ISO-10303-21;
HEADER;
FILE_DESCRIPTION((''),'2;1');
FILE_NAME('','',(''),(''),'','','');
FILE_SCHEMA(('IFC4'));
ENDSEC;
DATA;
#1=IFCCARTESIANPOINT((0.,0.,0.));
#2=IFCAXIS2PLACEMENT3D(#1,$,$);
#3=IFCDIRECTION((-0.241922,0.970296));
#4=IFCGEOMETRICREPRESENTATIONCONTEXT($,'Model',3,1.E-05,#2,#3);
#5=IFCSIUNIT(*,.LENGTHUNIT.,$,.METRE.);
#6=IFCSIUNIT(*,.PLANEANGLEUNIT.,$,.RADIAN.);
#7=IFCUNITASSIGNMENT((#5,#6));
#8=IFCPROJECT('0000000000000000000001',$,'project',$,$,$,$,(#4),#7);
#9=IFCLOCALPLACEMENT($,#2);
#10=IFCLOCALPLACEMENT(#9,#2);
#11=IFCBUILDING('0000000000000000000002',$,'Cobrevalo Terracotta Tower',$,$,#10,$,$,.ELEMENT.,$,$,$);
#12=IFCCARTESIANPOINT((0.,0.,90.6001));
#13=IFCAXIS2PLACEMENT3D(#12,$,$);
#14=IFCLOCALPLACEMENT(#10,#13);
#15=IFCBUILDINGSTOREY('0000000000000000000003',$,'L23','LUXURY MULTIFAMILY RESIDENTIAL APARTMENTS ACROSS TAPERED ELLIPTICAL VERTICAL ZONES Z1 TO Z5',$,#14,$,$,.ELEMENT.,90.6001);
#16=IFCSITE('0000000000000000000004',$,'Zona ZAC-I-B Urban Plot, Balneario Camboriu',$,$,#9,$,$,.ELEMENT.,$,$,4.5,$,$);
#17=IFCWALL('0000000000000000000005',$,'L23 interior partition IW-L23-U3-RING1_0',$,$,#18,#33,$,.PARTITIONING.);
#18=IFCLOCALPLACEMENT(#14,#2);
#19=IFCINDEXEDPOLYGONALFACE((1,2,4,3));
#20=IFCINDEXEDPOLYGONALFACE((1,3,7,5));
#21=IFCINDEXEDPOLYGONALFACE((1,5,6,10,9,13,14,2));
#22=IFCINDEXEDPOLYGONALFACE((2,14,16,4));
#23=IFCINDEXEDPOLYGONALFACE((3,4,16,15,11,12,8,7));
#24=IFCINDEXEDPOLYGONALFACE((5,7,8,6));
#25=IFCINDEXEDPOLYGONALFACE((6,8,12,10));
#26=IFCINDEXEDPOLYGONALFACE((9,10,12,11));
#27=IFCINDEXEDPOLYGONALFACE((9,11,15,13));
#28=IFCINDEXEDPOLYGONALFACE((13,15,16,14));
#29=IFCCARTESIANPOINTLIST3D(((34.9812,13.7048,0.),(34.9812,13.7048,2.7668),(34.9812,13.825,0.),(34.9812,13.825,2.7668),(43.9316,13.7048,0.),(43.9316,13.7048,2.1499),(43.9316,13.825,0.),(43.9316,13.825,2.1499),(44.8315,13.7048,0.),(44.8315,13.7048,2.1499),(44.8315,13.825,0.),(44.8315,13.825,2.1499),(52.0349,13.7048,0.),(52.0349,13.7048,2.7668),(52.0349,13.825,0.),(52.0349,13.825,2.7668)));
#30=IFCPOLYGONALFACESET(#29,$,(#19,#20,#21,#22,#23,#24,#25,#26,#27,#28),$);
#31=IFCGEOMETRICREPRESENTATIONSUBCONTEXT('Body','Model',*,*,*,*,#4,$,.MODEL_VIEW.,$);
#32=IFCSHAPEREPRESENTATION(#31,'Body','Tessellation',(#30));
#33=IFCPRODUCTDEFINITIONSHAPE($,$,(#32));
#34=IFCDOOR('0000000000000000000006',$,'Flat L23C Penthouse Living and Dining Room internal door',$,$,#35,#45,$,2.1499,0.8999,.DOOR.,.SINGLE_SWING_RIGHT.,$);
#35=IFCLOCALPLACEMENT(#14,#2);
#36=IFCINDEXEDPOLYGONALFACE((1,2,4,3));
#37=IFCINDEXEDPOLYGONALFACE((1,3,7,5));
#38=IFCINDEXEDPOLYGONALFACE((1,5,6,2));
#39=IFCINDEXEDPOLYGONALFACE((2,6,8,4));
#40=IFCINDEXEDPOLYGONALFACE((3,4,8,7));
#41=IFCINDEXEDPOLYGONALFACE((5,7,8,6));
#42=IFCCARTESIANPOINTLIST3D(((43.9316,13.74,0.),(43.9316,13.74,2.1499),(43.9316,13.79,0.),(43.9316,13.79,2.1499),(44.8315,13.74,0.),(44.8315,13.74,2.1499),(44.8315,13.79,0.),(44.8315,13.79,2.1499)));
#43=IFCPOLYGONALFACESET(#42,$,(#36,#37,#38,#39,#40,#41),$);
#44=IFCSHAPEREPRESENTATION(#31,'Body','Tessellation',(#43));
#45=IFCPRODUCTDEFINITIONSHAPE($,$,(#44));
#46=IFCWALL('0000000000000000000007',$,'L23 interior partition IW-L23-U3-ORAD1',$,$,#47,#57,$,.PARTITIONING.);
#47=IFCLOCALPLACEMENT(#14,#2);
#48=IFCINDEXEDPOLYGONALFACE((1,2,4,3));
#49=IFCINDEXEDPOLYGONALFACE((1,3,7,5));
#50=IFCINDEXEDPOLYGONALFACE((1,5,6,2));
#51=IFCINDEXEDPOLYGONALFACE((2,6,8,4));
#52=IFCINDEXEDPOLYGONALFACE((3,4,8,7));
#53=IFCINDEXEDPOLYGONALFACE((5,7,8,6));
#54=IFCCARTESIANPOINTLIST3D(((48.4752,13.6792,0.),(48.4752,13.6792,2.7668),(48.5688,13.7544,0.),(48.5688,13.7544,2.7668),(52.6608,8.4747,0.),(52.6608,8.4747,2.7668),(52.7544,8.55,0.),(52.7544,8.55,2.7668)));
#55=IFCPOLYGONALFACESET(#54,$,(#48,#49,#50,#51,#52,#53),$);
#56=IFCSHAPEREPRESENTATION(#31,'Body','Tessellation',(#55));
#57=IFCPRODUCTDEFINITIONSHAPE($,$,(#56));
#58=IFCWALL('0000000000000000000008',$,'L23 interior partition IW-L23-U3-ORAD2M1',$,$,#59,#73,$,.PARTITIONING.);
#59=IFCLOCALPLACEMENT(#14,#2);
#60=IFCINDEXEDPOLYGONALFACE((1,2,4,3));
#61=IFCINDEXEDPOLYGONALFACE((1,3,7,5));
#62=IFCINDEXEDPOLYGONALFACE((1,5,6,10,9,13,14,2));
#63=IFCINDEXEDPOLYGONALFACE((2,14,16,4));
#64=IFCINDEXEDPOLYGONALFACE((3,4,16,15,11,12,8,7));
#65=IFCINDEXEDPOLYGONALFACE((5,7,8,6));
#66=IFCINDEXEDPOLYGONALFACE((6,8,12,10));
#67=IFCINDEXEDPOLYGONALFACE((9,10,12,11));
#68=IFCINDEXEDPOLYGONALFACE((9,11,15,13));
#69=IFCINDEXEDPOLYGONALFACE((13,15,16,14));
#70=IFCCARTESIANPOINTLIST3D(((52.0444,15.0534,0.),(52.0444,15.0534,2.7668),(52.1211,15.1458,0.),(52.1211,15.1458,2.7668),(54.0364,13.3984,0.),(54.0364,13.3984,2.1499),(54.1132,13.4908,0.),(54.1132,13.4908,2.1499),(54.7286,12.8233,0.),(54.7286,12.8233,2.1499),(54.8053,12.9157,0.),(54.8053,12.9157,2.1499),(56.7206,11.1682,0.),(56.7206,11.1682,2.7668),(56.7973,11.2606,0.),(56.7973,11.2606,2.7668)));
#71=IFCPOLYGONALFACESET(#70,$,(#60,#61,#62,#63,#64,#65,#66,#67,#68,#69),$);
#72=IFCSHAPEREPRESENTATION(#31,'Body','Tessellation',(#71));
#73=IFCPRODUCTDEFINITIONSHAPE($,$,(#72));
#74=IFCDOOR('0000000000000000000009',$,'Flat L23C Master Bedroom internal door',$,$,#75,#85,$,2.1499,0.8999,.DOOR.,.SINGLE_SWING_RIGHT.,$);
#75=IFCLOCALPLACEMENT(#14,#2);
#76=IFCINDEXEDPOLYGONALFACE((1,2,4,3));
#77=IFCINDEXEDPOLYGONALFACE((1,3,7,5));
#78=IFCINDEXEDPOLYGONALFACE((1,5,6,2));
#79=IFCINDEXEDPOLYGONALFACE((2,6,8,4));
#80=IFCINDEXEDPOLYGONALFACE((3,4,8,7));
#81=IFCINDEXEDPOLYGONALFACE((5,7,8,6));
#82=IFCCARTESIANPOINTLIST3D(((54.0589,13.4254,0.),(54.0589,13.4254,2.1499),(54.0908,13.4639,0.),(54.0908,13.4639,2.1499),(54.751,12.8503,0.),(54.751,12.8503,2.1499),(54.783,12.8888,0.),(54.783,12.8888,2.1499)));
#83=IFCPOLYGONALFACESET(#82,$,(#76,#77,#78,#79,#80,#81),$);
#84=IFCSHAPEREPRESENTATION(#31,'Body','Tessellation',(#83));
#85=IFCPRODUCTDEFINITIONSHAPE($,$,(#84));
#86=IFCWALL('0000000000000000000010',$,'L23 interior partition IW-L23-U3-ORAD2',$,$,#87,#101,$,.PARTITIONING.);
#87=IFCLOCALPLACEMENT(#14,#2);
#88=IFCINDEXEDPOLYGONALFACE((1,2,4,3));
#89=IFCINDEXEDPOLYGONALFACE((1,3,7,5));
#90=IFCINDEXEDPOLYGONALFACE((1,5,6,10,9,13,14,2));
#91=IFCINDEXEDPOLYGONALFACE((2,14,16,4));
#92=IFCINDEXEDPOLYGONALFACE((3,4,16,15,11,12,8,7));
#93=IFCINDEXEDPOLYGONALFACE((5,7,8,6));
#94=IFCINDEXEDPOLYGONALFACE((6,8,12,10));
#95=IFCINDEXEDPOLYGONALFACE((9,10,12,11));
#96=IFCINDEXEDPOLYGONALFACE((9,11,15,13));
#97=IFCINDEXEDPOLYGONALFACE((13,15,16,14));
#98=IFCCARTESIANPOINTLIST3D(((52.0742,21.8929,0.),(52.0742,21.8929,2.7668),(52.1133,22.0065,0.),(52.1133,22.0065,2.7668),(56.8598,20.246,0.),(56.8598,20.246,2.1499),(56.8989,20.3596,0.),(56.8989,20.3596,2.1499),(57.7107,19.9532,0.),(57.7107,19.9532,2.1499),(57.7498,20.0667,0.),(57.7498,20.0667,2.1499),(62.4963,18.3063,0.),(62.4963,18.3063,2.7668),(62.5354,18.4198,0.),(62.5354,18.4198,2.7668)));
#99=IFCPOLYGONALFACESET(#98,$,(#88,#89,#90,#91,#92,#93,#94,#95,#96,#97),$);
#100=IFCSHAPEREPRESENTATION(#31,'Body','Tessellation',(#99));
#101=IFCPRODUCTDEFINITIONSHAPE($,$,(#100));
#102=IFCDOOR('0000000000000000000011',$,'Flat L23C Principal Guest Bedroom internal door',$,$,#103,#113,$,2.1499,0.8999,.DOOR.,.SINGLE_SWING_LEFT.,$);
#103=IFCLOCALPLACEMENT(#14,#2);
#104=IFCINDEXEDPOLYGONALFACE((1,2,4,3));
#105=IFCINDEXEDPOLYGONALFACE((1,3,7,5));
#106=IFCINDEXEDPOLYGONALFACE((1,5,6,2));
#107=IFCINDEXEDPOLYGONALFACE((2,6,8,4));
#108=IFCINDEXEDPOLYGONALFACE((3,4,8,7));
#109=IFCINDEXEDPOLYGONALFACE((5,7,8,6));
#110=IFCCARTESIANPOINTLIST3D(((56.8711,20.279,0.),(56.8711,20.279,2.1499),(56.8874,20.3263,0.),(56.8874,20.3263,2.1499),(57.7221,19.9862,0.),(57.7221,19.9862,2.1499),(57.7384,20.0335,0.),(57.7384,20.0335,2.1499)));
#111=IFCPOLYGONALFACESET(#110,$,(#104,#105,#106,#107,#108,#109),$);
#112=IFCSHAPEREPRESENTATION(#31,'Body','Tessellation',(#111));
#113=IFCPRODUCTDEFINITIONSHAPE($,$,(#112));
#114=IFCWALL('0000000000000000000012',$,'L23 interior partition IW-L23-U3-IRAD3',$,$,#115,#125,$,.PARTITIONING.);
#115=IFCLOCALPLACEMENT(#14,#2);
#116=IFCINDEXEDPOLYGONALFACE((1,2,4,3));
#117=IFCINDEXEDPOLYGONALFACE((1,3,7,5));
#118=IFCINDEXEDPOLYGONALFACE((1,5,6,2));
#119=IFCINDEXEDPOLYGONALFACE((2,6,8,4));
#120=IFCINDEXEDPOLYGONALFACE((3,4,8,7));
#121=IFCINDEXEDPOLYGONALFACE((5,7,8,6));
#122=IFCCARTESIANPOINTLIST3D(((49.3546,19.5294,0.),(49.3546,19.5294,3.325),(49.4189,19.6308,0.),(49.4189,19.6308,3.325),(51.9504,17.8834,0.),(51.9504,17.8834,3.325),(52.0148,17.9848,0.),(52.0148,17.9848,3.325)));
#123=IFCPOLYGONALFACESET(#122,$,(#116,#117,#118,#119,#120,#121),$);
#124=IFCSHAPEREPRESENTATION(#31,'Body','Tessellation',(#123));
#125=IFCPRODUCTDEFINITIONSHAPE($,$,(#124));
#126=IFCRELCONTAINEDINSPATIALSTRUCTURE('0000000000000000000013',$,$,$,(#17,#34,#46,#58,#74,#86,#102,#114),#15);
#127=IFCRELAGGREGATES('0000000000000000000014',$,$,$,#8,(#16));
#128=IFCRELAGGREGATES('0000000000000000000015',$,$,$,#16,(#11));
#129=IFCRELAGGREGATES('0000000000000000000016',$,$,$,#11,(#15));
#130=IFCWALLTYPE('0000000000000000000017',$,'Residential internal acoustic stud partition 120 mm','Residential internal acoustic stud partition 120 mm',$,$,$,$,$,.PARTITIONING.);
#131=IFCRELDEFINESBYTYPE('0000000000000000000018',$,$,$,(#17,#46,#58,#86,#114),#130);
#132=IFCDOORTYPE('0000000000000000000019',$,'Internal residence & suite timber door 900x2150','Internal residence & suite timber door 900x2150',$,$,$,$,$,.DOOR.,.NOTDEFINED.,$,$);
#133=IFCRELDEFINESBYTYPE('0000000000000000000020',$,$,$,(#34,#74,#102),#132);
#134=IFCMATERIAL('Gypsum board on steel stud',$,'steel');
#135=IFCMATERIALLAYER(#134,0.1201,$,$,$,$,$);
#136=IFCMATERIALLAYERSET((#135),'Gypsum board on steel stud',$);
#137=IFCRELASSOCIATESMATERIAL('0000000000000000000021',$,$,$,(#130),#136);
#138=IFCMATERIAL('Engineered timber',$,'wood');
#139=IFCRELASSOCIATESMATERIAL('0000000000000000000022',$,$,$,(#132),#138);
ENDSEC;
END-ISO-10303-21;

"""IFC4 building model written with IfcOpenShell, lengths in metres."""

from ifc_helpers import new_model, si_unit, direction, frame, frame_2d, origin, place, context, subcontext, project, spatial, rectangle, extrude, source, transform, mapped, material, layer, layer_set, type_object, element, fill, save


model = new_model("IFC4")

# Units and contexts
model_context = context("Model", 3, precision=1e-05, world=origin(), true_north=direction((-0.241922, 0.970296)))
body_context = subcontext(model_context, "Body", "Model", "MODEL_VIEW")
ifc_project = project(units=[si_unit("LENGTHUNIT", "METRE"), si_unit("PLANEANGLEUNIT", "RADIAN")], contexts=[model_context])

# Site, building, storey
site_placement = place(None, origin())
site = spatial("IfcSite", under=ifc_project, at=site_placement, Name="Zona ZAC-I-B Urban Plot, Balneario Camboriu", CompositionType="ELEMENT", RefElevation=4.5)
building_placement = place(site_placement, origin())
building = spatial("IfcBuilding", under=site, at=building_placement, Name="Cobrevalo Terracotta Tower", CompositionType="ELEMENT")
storey_placement = place(building_placement, frame((0.0, 0.0, 90.6001)))
storey = spatial("IfcBuildingStorey", under=building, at=storey_placement, Name="L23", Description="LUXURY MULTIFAMILY RESIDENTIAL APARTMENTS ACROSS TAPERED ELLIPTICAL VERTICAL ZONES Z1 TO Z5", CompositionType="ELEMENT", Elevation=90.6001)

# Shared definitions
ifc_material_1 = material(Name="Gypsum board on steel stud", Category="steel")

# Wall, opening, door
ifc_layer_1 = layer(ifc_material_1, 0.1201)
ifc_layer_set_1 = layer_set([ifc_layer_1], Name="Gypsum board on steel stud")
wall_type_1 = type_object("IfcWallType", Name="Residential internal acoustic stud partition 120 mm", Description="Residential internal acoustic stud partition 120 mm", PredefinedType="PARTITIONING", material=ifc_layer_set_1)
wall_1_placement = place(storey_placement, frame((52.0349, 13.7649, 0.0), z_axis=(0.0, 0.0, 1.0), x_axis=(-1.0, 0.0, 0.0)))
wall_1 = element("IfcWall", 1, at=wall_1_placement, inside=storey, type_object=wall_type_1, Name="L23 interior partition IW-L23-U3-RING1_0", PredefinedType="PARTITIONING", context=body_context, shape_type="SweptSolid", body=[
    extrude(rectangle(XDim=17.0537, YDim=0.1201, at=frame_2d((8.5269, 0.0))), origin(), (0.0, 0.0, 1.0), 2.7668),
])
opening_1_placement = place(wall_1_placement, frame((7.2034, 0.0, 0.0)))
opening_1 = element("IfcOpeningElement", 2, at=opening_1_placement, cuts=wall_1, PredefinedType="OPENING", context=body_context, shape_type="SweptSolid", body=[
    extrude(rectangle(XDim=0.8999, YDim=2.1499, at=frame_2d((0.45, 1.075))), frame((0.0, 0.0701, 0.0), z_axis=(0.0, -1.0, 0.0), x_axis=(1.0, 0.0, 0.0)), (0.0, 0.0, 1.0), 0.1401),
])
ifc_material_2 = material(Name="Engineered timber", Category="wood")
door_type = type_object("IfcDoorType", Name="Internal residence & suite timber door 900x2150", Description="Internal residence & suite timber door 900x2150", OperationType="NOTDEFINED", PredefinedType="DOOR", material=ifc_material_2)
shared_shape_1 = source(origin(), body_context, "Body", "SweptSolid", [
    extrude(rectangle(XDim=0.8999, YDim=2.1499, at=frame_2d((0.45, 1.075))), frame((0.0, 0.0249, 0.0), z_axis=(0.0, -1.0, 0.0), x_axis=(1.0, 0.0, 0.0)), (0.0, 0.0, 1.0), 0.05),
])
door_1_placement = place(opening_1_placement, origin())
door_1 = element("IfcDoor", 3, at=door_1_placement, inside=storey, type_object=door_type, Name="Flat L23C Penthouse Living and Dining Room internal door", OperationType="SINGLE_SWING_RIGHT", OverallHeight=2.1499, OverallWidth=0.8999, PredefinedType="DOOR", context=body_context, shape_type="MappedRepresentation", body=[
    mapped(shared_shape_1, transform((0.0, 0.0, 0.0), scale=1.0)),
])
fill(opening_1, door_1)

# Wall
wall_2_placement = place(storey_placement, frame((48.522, 13.7168, 0.0), z_axis=(0.0, 0.0, 1.0), x_axis=(0.626708, -0.779254, 0.0)))
element("IfcWall", 4, at=wall_2_placement, inside=storey, type_object=wall_type_1, Name="L23 interior partition IW-L23-U3-ORAD1", PredefinedType="PARTITIONING", context=body_context, shape_type="SweptSolid", body=[
    extrude(rectangle(XDim=6.6787, YDim=0.1201, at=frame_2d((3.3394, 0.0))), origin(), (0.0, 0.0, 1.0), 2.7668),
])

# Walls, openings, doors
wall_3_placement = place(storey_placement, frame((52.0828, 15.0996, 0.0), z_axis=(0.0, 0.0, 1.0), x_axis=(0.769162, -0.639054, 0.0)))
wall_3 = element("IfcWall", 5, at=wall_3_placement, inside=storey, type_object=wall_type_1, Name="L23 interior partition IW-L23-U3-ORAD2M1", PredefinedType="PARTITIONING", context=body_context, shape_type="SweptSolid", body=[
    extrude(rectangle(XDim=6.0796, YDim=0.1201, at=frame_2d((3.0398, 0.0))), origin(), (0.0, 0.0, 1.0), 2.7668),
])
opening_2_placement = place(wall_3_placement, frame((2.5898, 0.0, 0.0)))
opening_2 = element("IfcOpeningElement", 6, at=opening_2_placement, cuts=wall_3, PredefinedType="OPENING", context=body_context, shape_type="SweptSolid", body=[
    extrude(rectangle(XDim=0.8999, YDim=2.1499, at=frame_2d((0.45, 1.075))), frame((0.0, 0.0701, 0.0), z_axis=(0.0, -1.0, 0.0), x_axis=(1.0, 0.0, 0.0)), (0.0, 0.0, 1.0), 0.1401),
])
door_2_placement = place(opening_2_placement, frame((0.8999, 0.0, 0.0), z_axis=(0.0, 0.0, 1.0), x_axis=(-1.0, 0.0, 0.0)))
door_2 = element("IfcDoor", 7, at=door_2_placement, inside=storey, type_object=door_type, Name="Flat L23C Master Bedroom internal door", OperationType="SINGLE_SWING_RIGHT", OverallHeight=2.1499, OverallWidth=0.8999, PredefinedType="DOOR", context=body_context, shape_type="MappedRepresentation", body=[
    mapped(shared_shape_1, transform((0.0, 0.0, 0.0), scale=1.0)),
])
fill(opening_2, door_2)
wall_4_placement = place(storey_placement, frame((52.0938, 21.9497, 0.0), z_axis=(0.0, 0.0, 1.0), x_axis=(0.945573, -0.32541, 0.0)))
wall_4 = element("IfcWall", 8, at=wall_4_placement, inside=storey, type_object=wall_type_1, Name="L23 interior partition IW-L23-U3-ORAD2", PredefinedType="PARTITIONING", context=body_context, shape_type="SweptSolid", body=[
    extrude(rectangle(XDim=11.022, YDim=0.1201, at=frame_2d((5.511, 0.0))), origin(), (0.0, 0.0, 1.0), 2.7668),
])
opening_3_placement = place(wall_4_placement, frame((5.061, 0.0, 0.0)))
opening_3 = element("IfcOpeningElement", 9, at=opening_3_placement, cuts=wall_4, PredefinedType="OPENING", context=body_context, shape_type="SweptSolid", body=[
    extrude(rectangle(XDim=0.8999, YDim=2.1499, at=frame_2d((0.45, 1.075))), frame((0.0, 0.0701, 0.0), z_axis=(0.0, -1.0, 0.0), x_axis=(1.0, 0.0, 0.0)), (0.0, 0.0, 1.0), 0.1401),
])
door_3_placement = place(opening_3_placement, origin())
door_3 = element("IfcDoor", 10, at=door_3_placement, inside=storey, type_object=door_type, Name="Flat L23C Principal Guest Bedroom internal door", OperationType="SINGLE_SWING_LEFT", OverallHeight=2.1499, OverallWidth=0.8999, PredefinedType="DOOR", context=body_context, shape_type="MappedRepresentation", body=[
    mapped(shared_shape_1, transform((0.0, 0.0, 0.0), scale=1.0)),
])
fill(opening_3, door_3)

# Wall
wall_5_placement = place(storey_placement, frame((49.3867, 19.5801, 0.0), z_axis=(0.0, 0.0, 1.0), x_axis=(0.84454, -0.535492, 0.0)))
element("IfcWall", 11, at=wall_5_placement, inside=storey, type_object=wall_type_1, Name="L23 interior partition IW-L23-U3-IRAD3", PredefinedType="PARTITIONING", context=body_context, shape_type="SweptSolid", body=[
    extrude(rectangle(XDim=3.0737, YDim=0.1201, at=frame_2d((1.5369, 0.0))), origin(), (0.0, 0.0, 1.0), 3.325),
])

save(model, "model.ifc")
